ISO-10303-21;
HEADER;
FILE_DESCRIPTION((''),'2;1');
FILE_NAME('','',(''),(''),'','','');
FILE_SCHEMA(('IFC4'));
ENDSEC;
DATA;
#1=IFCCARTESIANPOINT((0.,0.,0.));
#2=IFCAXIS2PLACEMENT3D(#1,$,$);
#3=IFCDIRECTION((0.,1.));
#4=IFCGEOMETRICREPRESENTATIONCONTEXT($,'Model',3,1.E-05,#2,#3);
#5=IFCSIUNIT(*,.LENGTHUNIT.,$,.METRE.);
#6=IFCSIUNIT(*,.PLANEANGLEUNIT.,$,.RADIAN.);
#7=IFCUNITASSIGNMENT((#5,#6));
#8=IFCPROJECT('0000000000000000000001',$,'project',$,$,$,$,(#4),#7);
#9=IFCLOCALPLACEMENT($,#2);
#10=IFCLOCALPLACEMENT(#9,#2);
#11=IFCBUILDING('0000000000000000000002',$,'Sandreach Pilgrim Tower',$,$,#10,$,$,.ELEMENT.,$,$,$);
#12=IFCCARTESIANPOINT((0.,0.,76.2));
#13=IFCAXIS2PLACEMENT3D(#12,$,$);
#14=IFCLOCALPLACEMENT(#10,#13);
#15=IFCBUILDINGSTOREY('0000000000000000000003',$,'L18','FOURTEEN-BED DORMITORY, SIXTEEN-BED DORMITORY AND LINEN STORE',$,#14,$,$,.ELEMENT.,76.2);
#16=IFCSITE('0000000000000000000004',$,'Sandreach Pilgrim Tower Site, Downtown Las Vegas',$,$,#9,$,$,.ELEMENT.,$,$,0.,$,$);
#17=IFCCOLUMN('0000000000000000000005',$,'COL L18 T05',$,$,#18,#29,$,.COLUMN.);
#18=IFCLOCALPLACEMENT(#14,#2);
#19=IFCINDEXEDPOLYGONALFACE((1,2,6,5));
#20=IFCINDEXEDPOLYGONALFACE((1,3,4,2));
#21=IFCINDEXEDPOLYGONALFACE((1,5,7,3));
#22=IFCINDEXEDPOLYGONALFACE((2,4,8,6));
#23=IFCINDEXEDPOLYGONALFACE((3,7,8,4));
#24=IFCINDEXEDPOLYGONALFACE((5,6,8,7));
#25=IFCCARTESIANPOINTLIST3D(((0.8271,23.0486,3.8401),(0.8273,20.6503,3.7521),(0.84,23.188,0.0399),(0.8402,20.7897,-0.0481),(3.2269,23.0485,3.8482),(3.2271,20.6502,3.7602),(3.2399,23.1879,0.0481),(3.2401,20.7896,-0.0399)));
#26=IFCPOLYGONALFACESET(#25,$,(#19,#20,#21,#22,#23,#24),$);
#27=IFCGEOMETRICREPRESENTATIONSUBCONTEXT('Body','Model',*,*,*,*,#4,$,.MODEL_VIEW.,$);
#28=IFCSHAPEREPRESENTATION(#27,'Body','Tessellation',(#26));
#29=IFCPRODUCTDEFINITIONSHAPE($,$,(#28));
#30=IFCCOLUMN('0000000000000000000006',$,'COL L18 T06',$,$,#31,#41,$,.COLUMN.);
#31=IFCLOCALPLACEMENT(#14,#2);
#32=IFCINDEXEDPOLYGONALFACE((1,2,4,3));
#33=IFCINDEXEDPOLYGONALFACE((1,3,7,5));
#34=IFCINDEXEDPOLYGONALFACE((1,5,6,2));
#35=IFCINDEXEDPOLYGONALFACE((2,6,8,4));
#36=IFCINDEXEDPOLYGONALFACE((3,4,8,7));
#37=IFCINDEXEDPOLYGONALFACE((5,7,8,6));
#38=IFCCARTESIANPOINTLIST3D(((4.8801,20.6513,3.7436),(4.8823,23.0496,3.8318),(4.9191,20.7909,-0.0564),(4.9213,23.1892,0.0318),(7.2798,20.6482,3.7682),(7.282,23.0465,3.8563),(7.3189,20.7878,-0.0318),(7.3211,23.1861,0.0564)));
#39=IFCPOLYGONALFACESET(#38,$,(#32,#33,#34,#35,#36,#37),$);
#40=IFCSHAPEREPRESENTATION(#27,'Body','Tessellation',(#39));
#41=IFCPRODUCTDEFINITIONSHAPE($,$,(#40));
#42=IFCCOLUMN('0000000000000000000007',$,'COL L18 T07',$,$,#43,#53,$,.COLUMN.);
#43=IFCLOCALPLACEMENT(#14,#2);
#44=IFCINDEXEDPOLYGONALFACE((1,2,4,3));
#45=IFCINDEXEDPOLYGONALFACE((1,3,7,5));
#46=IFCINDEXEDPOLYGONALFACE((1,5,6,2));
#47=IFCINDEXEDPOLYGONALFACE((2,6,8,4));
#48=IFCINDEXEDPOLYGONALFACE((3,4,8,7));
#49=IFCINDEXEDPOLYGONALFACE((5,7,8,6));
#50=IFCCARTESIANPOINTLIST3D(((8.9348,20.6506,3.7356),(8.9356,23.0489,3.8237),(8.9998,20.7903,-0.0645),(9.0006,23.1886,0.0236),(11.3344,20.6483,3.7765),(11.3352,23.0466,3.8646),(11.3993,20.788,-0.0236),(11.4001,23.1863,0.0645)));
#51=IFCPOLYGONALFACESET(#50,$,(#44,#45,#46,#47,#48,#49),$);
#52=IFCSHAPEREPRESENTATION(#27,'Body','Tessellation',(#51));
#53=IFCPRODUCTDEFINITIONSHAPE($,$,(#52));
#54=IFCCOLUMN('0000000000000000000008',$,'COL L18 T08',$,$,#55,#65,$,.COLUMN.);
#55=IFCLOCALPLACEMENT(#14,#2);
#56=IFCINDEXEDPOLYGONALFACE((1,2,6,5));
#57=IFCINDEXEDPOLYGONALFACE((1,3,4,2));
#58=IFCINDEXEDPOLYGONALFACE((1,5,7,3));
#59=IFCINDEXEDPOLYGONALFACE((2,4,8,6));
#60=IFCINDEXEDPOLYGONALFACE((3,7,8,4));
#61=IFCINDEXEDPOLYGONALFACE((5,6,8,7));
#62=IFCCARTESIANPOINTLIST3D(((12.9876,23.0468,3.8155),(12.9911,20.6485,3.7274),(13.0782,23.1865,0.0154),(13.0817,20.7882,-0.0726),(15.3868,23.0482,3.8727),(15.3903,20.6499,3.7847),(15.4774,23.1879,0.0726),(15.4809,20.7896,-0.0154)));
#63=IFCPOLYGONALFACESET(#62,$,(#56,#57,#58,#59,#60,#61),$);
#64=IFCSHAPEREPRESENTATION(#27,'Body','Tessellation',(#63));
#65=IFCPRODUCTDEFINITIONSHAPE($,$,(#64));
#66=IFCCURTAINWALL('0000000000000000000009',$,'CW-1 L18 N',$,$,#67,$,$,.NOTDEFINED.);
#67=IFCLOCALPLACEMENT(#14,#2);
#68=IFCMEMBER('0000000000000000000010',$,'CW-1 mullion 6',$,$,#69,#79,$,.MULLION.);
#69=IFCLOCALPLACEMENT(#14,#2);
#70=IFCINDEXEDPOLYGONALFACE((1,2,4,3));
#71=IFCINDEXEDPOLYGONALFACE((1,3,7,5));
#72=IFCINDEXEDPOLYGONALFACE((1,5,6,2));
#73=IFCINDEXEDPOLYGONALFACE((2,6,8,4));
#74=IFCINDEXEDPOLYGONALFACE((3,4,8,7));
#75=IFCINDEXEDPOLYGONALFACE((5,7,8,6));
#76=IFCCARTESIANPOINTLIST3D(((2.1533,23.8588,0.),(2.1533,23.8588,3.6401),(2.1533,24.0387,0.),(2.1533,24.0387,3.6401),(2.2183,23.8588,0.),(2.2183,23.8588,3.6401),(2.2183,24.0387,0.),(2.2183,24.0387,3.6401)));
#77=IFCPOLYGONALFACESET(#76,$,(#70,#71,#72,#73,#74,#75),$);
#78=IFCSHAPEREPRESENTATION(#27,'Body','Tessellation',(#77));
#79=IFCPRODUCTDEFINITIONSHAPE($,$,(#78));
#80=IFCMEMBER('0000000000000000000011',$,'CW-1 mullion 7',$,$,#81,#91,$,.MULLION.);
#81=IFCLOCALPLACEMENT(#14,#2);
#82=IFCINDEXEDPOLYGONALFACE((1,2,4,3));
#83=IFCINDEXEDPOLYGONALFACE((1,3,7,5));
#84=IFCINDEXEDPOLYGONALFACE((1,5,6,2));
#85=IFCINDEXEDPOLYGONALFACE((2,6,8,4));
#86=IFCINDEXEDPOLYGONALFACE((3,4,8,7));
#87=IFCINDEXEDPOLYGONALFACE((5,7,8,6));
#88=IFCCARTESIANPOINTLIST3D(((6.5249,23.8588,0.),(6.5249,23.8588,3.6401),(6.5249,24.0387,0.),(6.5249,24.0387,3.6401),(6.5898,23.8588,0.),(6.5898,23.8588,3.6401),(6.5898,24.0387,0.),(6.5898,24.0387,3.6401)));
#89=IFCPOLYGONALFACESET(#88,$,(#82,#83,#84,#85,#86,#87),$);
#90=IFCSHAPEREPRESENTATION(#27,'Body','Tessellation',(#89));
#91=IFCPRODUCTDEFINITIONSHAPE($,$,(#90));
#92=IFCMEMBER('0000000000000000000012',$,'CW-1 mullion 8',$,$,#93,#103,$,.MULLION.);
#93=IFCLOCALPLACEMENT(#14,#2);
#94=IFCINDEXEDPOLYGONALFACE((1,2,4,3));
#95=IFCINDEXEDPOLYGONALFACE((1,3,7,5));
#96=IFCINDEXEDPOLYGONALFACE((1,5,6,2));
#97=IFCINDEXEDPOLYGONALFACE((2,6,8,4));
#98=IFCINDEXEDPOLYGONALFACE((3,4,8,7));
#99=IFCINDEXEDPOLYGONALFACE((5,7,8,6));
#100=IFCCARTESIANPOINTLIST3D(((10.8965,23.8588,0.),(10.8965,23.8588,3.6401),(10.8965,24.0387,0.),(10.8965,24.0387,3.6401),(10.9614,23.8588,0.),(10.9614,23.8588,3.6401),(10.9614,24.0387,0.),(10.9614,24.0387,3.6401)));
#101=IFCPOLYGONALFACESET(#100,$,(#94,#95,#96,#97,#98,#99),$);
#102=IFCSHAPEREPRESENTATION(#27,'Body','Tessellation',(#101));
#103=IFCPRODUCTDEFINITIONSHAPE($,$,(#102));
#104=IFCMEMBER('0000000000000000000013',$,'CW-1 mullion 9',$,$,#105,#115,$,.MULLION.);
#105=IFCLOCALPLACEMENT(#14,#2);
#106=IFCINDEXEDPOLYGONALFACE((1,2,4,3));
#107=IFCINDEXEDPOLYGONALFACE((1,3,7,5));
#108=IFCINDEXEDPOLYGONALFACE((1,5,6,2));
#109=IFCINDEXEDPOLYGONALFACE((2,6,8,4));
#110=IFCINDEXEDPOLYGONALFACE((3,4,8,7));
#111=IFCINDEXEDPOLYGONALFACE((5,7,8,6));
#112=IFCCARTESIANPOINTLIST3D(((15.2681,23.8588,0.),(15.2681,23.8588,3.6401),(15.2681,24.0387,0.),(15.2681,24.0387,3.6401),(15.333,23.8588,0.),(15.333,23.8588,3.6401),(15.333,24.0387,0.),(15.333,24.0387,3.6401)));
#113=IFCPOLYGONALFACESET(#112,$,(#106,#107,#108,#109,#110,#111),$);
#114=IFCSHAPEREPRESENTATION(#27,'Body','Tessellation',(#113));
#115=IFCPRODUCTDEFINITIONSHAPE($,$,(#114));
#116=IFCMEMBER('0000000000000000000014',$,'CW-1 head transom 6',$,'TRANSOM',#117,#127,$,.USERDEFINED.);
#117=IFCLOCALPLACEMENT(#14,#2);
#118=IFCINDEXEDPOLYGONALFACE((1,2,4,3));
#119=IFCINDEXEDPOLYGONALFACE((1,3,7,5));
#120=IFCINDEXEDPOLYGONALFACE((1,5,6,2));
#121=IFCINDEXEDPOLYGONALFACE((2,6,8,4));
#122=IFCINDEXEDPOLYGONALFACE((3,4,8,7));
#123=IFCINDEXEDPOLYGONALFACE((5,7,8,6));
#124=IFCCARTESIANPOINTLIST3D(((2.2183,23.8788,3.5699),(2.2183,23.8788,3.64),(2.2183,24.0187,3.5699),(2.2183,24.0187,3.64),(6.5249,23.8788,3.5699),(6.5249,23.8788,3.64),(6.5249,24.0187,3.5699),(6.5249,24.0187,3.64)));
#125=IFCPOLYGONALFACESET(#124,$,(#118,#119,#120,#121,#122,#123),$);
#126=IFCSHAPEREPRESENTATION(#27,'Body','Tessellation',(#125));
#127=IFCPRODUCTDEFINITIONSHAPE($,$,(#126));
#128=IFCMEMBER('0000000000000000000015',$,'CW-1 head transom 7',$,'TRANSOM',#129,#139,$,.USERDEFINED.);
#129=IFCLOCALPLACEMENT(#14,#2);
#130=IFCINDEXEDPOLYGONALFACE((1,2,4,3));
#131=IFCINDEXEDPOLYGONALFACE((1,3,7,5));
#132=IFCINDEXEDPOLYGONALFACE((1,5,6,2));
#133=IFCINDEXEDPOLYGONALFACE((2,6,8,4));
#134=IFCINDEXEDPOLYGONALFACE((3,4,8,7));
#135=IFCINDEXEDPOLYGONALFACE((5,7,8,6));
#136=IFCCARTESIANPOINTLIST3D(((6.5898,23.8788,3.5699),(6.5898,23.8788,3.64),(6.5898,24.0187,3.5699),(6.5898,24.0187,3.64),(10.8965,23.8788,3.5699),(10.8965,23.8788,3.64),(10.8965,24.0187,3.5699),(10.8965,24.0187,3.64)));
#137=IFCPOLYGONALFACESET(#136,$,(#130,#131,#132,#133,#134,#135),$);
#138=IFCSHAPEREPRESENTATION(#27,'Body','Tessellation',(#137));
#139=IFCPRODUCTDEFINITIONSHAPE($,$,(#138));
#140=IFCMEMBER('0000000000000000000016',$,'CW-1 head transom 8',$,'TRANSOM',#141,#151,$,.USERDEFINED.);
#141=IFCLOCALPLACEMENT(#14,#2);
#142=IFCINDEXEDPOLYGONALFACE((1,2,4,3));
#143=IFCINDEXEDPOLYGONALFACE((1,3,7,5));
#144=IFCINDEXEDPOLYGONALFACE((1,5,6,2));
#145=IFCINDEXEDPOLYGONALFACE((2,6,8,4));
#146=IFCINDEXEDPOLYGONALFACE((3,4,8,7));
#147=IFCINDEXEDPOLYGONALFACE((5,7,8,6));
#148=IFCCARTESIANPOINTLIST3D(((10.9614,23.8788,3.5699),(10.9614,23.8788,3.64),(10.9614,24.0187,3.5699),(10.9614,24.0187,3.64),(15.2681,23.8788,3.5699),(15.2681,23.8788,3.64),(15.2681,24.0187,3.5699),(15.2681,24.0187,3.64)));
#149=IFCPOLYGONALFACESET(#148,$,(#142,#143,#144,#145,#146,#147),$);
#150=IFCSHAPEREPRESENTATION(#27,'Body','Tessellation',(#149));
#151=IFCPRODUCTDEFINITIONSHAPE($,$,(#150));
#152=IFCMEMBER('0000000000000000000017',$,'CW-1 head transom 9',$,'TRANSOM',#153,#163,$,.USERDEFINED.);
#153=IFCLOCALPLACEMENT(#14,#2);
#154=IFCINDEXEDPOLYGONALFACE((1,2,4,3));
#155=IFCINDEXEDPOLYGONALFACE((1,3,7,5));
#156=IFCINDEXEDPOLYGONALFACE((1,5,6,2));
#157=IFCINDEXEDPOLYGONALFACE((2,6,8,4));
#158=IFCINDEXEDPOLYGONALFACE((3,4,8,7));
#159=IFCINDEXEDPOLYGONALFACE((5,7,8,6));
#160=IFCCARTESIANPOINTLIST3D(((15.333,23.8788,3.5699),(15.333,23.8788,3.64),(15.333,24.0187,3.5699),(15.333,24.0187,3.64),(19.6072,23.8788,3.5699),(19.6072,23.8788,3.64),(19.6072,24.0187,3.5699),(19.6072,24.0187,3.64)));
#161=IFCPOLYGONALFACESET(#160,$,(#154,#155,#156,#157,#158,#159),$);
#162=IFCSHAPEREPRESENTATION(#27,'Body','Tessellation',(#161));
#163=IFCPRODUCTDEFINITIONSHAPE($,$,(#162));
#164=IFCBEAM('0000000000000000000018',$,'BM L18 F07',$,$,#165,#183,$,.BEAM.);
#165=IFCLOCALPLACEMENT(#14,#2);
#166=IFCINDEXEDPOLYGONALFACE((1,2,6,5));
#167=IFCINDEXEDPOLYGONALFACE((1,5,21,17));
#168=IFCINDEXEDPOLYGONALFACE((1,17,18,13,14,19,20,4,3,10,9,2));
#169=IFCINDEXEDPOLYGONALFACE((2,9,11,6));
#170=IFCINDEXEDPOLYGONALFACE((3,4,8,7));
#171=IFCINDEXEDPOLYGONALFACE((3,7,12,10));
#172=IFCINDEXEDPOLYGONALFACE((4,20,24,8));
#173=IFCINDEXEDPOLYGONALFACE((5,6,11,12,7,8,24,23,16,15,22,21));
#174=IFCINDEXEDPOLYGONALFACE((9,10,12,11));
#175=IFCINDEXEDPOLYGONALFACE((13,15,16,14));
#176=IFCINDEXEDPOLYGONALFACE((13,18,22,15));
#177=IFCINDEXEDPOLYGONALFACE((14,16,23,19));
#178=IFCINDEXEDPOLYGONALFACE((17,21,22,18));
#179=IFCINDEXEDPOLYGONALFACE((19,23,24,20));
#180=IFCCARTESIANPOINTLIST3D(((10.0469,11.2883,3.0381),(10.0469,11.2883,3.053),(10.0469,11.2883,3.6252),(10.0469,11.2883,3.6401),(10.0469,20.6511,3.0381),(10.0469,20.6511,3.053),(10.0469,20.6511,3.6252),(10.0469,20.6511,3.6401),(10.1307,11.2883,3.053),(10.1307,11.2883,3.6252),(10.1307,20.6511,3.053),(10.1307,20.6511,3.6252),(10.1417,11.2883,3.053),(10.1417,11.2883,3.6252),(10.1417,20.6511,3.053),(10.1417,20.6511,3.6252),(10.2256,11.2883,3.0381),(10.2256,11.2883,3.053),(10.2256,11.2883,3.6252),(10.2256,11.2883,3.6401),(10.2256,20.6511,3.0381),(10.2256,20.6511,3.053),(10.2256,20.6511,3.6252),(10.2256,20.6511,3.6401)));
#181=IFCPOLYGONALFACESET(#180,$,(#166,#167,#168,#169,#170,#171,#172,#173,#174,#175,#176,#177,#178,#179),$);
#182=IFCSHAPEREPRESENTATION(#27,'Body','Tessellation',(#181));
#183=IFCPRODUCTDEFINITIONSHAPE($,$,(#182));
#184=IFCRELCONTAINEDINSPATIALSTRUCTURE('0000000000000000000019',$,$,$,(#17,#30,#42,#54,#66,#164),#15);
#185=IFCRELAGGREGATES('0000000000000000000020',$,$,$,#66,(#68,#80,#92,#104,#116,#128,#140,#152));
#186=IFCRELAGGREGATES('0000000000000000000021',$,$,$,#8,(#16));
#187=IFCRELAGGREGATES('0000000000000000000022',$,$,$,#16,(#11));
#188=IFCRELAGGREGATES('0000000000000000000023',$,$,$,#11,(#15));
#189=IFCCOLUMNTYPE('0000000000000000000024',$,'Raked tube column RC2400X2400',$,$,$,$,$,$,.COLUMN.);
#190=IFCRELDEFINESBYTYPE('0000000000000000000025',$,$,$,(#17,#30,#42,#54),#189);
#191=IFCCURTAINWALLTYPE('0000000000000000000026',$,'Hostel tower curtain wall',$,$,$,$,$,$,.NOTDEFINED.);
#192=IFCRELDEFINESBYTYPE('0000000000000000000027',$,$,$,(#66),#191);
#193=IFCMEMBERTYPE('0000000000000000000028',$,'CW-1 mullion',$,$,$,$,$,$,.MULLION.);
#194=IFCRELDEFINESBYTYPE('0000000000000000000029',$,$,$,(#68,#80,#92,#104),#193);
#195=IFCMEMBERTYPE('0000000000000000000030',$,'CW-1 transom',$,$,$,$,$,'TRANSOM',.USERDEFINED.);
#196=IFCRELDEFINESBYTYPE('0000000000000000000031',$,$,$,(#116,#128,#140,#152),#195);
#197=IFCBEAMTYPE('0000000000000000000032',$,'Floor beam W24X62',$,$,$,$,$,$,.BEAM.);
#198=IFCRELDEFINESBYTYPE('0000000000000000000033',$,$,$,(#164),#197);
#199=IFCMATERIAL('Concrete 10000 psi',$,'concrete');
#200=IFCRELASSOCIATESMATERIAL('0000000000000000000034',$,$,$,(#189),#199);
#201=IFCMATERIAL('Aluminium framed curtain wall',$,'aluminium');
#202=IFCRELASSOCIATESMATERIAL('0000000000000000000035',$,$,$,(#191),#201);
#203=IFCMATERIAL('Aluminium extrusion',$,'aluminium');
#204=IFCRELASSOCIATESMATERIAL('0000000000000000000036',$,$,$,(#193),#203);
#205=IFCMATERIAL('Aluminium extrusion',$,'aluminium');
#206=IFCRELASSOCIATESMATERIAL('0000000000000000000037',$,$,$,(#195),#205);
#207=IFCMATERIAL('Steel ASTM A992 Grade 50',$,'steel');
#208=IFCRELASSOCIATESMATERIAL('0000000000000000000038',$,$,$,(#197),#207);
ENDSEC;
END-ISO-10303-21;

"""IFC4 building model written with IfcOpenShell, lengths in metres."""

from ifc_helpers import new_model, si_unit, direction, frame, origin, origin_2d, place, context, subcontext, project, spatial, rectangle, i_section, extrude, material, material_profile, profile_set, type_object, element, aggregate, save


model = new_model("IFC4")

# Units and contexts
model_context = context("Model", 3, precision=1e-05, world=origin(), true_north=direction((0.0, 1.0)))
body_context = subcontext(model_context, "Body", "Model", "MODEL_VIEW")
ifc_project = project(units=[si_unit("LENGTHUNIT", "METRE"), si_unit("PLANEANGLEUNIT", "RADIAN")], contexts=[model_context])

# Site, building, storey
site_placement = place(None, origin())
site = spatial("IfcSite", under=ifc_project, at=site_placement, Name="Sandreach Pilgrim Tower Site, Downtown Las Vegas", CompositionType="ELEMENT", RefElevation=0.0)
building_placement = place(site_placement, origin())
building = spatial("IfcBuilding", under=site, at=building_placement, Name="Sandreach Pilgrim Tower", CompositionType="ELEMENT")
storey_placement = place(building_placement, frame((0.0, 0.0, 76.2)))
storey = spatial("IfcBuildingStorey", under=building, at=storey_placement, Name="L18", Description="FOURTEEN-BED DORMITORY, SIXTEEN-BED DORMITORY AND LINEN STORE", CompositionType="ELEMENT", Elevation=76.2)

# Columns
ifc_material_1 = material(Name="Concrete 10000 psi", Category="concrete")
ifc_material_profile_1 = material_profile(ifc_material_1, rectangle(XDim=2.3999, YDim=2.3999, at=origin_2d()), Name="RC2400X2400")
ifc_profile_set_1 = profile_set([ifc_material_profile_1], Name="Concrete 10000 psi")
column_type = type_object("IfcColumnType", Name="Raked tube column RC2400X2400", PredefinedType="COLUMN", material=ifc_profile_set_1)
for number, where, z_axis, x_axis, name in (
    (1, (2.04, 21.9888, 0.0), (-0.003403, -0.03666, 0.999322), (-0.000081, 0.999328, 0.03666), "COL L18 T05"),
    (2, (6.1201, 21.9885, 0.0), (-0.010272, -0.036722, 0.999273), (0.000916, 0.999325, 0.036734), "COL L18 T06"),
):
    element("IfcColumn", number, at=place(storey_placement, frame(where, z_axis=z_axis, x_axis=x_axis)), inside=storey, type_object=column_type, Name=name, PredefinedType="COLUMN", context=body_context, shape_type="SweptSolid", body=[
        extrude(rectangle(XDim=2.3999, YDim=2.3999, at=origin_2d()), origin(), (0.0, 0.0, 1.0), 3.8027),
    ])
column_1_placement = place(storey_placement, frame((10.2, 21.9883, 0.0), z_axis=(-0.017076, -0.036719, 0.99918), x_axis=(0.000325, 0.999325, 0.03673)))
element("IfcColumn", 3, at=column_1_placement, inside=storey, type_object=column_type, Name="COL L18 T07", PredefinedType="COLUMN", context=body_context, shape_type="SweptSolid", body=[
    extrude(rectangle(XDim=2.3999, YDim=2.3999, at=origin_2d()), origin(), (0.0, 0.0, 1.0), 3.8032),
])
column_2_placement = place(storey_placement, frame((14.2795, 21.988, 0.0), z_axis=(-0.023813, -0.036714, 0.999042), x_axis=(-0.001458, 0.999326, 0.03669)))
element("IfcColumn", 4, at=column_2_placement, inside=storey, type_object=column_type, Name="COL L18 T08", PredefinedType="COLUMN", context=body_context, shape_type="SweptSolid", body=[
    extrude(rectangle(XDim=2.3999, YDim=2.3999, at=origin_2d()), origin(), (0.0, 0.0, 1.0), 3.8037),
])

# Curtain wall, members
ifc_material_2 = material(Name="Aluminium framed curtain wall", Category="aluminium")
curtain_wall_type = type_object("IfcCurtainWallType", Name="Hostel tower curtain wall", PredefinedType="NOTDEFINED", material=ifc_material_2)
curtain_wall_placement = place(storey_placement, origin())
curtain_wall = element("IfcCurtainWall", 5, at=curtain_wall_placement, inside=storey, type_object=curtain_wall_type, Name="CW-1 L18 N", PredefinedType="NOTDEFINED")
ifc_material_3 = material(Name="Aluminium extrusion", Category="aluminium")
ifc_material_profile_2 = material_profile(ifc_material_3, rectangle(XDim=0.0649, YDim=0.1799, at=origin_2d()), Name="CW-1M 65X180")
ifc_profile_set_2 = profile_set([ifc_material_profile_2], Name="Aluminium extrusion")
member_type_1 = type_object("IfcMemberType", Name="CW-1 mullion", PredefinedType="MULLION", material=ifc_profile_set_2)
member_1_placement = place(storey_placement, frame((2.1858, 23.9487, 0.0), z_axis=(0.0, 0.0, 1.0), x_axis=(1.0, 0.0, 0.0)))
member_1 = element("IfcMember", 6, at=member_1_placement, type_object=member_type_1, Name="CW-1 mullion 6", PredefinedType="MULLION", context=body_context, shape_type="SweptSolid", body=[
    extrude(rectangle(XDim=0.0649, YDim=0.1799, at=origin_2d()), origin(), (0.0, 0.0, 1.0), 3.6401),
])
member_2_placement = place(storey_placement, frame((6.5574, 23.9487, 0.0), z_axis=(0.0, 0.0, 1.0), x_axis=(1.0, 0.0, 0.0)))
member_2 = element("IfcMember", 7, at=member_2_placement, type_object=member_type_1, Name="CW-1 mullion 7", PredefinedType="MULLION", context=body_context, shape_type="SweptSolid", body=[
    extrude(rectangle(XDim=0.0649, YDim=0.1799, at=origin_2d()), origin(), (0.0, 0.0, 1.0), 3.6401),
])
member_3_placement = place(storey_placement, frame((10.929, 23.9487, 0.0), z_axis=(0.0, 0.0, 1.0), x_axis=(1.0, 0.0, 0.0)))
member_3 = element("IfcMember", 8, at=member_3_placement, type_object=member_type_1, Name="CW-1 mullion 8", PredefinedType="MULLION", context=body_context, shape_type="SweptSolid", body=[
    extrude(rectangle(XDim=0.0649, YDim=0.1799, at=origin_2d()), origin(), (0.0, 0.0, 1.0), 3.6401),
])
member_4_placement = place(storey_placement, frame((15.3005, 23.9487, 0.0), z_axis=(0.0, 0.0, 1.0), x_axis=(1.0, 0.0, 0.0)))
member_4 = element("IfcMember", 9, at=member_4_placement, type_object=member_type_1, Name="CW-1 mullion 9", PredefinedType="MULLION", context=body_context, shape_type="SweptSolid", body=[
    extrude(rectangle(XDim=0.0649, YDim=0.1799, at=origin_2d()), origin(), (0.0, 0.0, 1.0), 3.6401),
])
ifc_material_4 = material(Name="Aluminium extrusion", Category="aluminium")
ifc_material_profile_3 = material_profile(ifc_material_4, rectangle(XDim=0.1399, YDim=0.0701, at=origin_2d()), Name="CW-1T 140X70")
ifc_profile_set_3 = profile_set([ifc_material_profile_3], Name="Aluminium extrusion")
member_type_2 = type_object("IfcMemberType", Name="CW-1 transom", ElementType="TRANSOM", PredefinedType="USERDEFINED", material=ifc_profile_set_3)
member_5_placement = place(storey_placement, frame((2.2183, 23.9487, 3.605), z_axis=(1.0, 0.0, 0.0), x_axis=(0.0, 1.0, 0.0)))
member_5 = element("IfcMember", 10, at=member_5_placement, type_object=member_type_2, Name="CW-1 head transom 6", ObjectType="TRANSOM", PredefinedType="USERDEFINED", context=body_context, shape_type="SweptSolid", body=[
    extrude(rectangle(XDim=0.1399, YDim=0.0701, at=origin_2d()), origin(), (0.0, 0.0, 1.0), 4.3066),
])
member_6_placement = place(storey_placement, frame((6.5898, 23.9487, 3.605), z_axis=(1.0, 0.0, 0.0), x_axis=(0.0, 1.0, 0.0)))
member_6 = element("IfcMember", 11, at=member_6_placement, type_object=member_type_2, Name="CW-1 head transom 7", ObjectType="TRANSOM", PredefinedType="USERDEFINED", context=body_context, shape_type="SweptSolid", body=[
    extrude(rectangle(XDim=0.1399, YDim=0.0701, at=origin_2d()), origin(), (0.0, 0.0, 1.0), 4.3066),
])
member_7_placement = place(storey_placement, frame((10.9614, 23.9487, 3.605), z_axis=(1.0, 0.0, 0.0), x_axis=(0.0, 1.0, 0.0)))
member_7 = element("IfcMember", 12, at=member_7_placement, type_object=member_type_2, Name="CW-1 head transom 8", ObjectType="TRANSOM", PredefinedType="USERDEFINED", context=body_context, shape_type="SweptSolid", body=[
    extrude(rectangle(XDim=0.1399, YDim=0.0701, at=origin_2d()), origin(), (0.0, 0.0, 1.0), 4.3066),
])
member_8_placement = place(storey_placement, frame((15.333, 23.9487, 3.605), z_axis=(1.0, 0.0, 0.0), x_axis=(0.0, 1.0, 0.0)))
member_8 = element("IfcMember", 13, at=member_8_placement, type_object=member_type_2, Name="CW-1 head transom 9", ObjectType="TRANSOM", PredefinedType="USERDEFINED", context=body_context, shape_type="SweptSolid", body=[
    extrude(rectangle(XDim=0.1399, YDim=0.0701, at=origin_2d()), origin(), (0.0, 0.0, 1.0), 4.2742),
])

# Beam
ifc_material_5 = material(Name="Steel ASTM A992 Grade 50", Category="steel")
ifc_material_profile_4 = material_profile(ifc_material_5, i_section(OverallWidth=0.1787, OverallDepth=0.6021, WebThickness=0.011, FlangeThickness=0.0149, at=origin_2d()), Name="W24X62")
ifc_profile_set_4 = profile_set([ifc_material_profile_4], Name="Steel ASTM A992 Grade 50")
beam_type_1 = type_object("IfcBeamType", Name="Floor beam W24X62", PredefinedType="BEAM", material=ifc_profile_set_4)
beam_1_placement = place(storey_placement, frame((10.1362, 20.6511, 3.3391), z_axis=(0.0, -1.0, 0.0), x_axis=(1.0, 0.0, 0.0)))
element("IfcBeam", 14, at=beam_1_placement, inside=storey, type_object=beam_type_1, Name="BM L18 F07", PredefinedType="BEAM", context=body_context, shape_type="SweptSolid", body=[
    extrude(i_section(OverallWidth=0.1787, OverallDepth=0.6021, WebThickness=0.011, FlangeThickness=0.0149, at=origin_2d()), origin(), (0.0, 0.0, 1.0), 9.3628),
])

aggregate(curtain_wall, [member_1, member_2, member_3, member_4, member_5, member_6, member_7, member_8])

save(model, "model.ifc")
